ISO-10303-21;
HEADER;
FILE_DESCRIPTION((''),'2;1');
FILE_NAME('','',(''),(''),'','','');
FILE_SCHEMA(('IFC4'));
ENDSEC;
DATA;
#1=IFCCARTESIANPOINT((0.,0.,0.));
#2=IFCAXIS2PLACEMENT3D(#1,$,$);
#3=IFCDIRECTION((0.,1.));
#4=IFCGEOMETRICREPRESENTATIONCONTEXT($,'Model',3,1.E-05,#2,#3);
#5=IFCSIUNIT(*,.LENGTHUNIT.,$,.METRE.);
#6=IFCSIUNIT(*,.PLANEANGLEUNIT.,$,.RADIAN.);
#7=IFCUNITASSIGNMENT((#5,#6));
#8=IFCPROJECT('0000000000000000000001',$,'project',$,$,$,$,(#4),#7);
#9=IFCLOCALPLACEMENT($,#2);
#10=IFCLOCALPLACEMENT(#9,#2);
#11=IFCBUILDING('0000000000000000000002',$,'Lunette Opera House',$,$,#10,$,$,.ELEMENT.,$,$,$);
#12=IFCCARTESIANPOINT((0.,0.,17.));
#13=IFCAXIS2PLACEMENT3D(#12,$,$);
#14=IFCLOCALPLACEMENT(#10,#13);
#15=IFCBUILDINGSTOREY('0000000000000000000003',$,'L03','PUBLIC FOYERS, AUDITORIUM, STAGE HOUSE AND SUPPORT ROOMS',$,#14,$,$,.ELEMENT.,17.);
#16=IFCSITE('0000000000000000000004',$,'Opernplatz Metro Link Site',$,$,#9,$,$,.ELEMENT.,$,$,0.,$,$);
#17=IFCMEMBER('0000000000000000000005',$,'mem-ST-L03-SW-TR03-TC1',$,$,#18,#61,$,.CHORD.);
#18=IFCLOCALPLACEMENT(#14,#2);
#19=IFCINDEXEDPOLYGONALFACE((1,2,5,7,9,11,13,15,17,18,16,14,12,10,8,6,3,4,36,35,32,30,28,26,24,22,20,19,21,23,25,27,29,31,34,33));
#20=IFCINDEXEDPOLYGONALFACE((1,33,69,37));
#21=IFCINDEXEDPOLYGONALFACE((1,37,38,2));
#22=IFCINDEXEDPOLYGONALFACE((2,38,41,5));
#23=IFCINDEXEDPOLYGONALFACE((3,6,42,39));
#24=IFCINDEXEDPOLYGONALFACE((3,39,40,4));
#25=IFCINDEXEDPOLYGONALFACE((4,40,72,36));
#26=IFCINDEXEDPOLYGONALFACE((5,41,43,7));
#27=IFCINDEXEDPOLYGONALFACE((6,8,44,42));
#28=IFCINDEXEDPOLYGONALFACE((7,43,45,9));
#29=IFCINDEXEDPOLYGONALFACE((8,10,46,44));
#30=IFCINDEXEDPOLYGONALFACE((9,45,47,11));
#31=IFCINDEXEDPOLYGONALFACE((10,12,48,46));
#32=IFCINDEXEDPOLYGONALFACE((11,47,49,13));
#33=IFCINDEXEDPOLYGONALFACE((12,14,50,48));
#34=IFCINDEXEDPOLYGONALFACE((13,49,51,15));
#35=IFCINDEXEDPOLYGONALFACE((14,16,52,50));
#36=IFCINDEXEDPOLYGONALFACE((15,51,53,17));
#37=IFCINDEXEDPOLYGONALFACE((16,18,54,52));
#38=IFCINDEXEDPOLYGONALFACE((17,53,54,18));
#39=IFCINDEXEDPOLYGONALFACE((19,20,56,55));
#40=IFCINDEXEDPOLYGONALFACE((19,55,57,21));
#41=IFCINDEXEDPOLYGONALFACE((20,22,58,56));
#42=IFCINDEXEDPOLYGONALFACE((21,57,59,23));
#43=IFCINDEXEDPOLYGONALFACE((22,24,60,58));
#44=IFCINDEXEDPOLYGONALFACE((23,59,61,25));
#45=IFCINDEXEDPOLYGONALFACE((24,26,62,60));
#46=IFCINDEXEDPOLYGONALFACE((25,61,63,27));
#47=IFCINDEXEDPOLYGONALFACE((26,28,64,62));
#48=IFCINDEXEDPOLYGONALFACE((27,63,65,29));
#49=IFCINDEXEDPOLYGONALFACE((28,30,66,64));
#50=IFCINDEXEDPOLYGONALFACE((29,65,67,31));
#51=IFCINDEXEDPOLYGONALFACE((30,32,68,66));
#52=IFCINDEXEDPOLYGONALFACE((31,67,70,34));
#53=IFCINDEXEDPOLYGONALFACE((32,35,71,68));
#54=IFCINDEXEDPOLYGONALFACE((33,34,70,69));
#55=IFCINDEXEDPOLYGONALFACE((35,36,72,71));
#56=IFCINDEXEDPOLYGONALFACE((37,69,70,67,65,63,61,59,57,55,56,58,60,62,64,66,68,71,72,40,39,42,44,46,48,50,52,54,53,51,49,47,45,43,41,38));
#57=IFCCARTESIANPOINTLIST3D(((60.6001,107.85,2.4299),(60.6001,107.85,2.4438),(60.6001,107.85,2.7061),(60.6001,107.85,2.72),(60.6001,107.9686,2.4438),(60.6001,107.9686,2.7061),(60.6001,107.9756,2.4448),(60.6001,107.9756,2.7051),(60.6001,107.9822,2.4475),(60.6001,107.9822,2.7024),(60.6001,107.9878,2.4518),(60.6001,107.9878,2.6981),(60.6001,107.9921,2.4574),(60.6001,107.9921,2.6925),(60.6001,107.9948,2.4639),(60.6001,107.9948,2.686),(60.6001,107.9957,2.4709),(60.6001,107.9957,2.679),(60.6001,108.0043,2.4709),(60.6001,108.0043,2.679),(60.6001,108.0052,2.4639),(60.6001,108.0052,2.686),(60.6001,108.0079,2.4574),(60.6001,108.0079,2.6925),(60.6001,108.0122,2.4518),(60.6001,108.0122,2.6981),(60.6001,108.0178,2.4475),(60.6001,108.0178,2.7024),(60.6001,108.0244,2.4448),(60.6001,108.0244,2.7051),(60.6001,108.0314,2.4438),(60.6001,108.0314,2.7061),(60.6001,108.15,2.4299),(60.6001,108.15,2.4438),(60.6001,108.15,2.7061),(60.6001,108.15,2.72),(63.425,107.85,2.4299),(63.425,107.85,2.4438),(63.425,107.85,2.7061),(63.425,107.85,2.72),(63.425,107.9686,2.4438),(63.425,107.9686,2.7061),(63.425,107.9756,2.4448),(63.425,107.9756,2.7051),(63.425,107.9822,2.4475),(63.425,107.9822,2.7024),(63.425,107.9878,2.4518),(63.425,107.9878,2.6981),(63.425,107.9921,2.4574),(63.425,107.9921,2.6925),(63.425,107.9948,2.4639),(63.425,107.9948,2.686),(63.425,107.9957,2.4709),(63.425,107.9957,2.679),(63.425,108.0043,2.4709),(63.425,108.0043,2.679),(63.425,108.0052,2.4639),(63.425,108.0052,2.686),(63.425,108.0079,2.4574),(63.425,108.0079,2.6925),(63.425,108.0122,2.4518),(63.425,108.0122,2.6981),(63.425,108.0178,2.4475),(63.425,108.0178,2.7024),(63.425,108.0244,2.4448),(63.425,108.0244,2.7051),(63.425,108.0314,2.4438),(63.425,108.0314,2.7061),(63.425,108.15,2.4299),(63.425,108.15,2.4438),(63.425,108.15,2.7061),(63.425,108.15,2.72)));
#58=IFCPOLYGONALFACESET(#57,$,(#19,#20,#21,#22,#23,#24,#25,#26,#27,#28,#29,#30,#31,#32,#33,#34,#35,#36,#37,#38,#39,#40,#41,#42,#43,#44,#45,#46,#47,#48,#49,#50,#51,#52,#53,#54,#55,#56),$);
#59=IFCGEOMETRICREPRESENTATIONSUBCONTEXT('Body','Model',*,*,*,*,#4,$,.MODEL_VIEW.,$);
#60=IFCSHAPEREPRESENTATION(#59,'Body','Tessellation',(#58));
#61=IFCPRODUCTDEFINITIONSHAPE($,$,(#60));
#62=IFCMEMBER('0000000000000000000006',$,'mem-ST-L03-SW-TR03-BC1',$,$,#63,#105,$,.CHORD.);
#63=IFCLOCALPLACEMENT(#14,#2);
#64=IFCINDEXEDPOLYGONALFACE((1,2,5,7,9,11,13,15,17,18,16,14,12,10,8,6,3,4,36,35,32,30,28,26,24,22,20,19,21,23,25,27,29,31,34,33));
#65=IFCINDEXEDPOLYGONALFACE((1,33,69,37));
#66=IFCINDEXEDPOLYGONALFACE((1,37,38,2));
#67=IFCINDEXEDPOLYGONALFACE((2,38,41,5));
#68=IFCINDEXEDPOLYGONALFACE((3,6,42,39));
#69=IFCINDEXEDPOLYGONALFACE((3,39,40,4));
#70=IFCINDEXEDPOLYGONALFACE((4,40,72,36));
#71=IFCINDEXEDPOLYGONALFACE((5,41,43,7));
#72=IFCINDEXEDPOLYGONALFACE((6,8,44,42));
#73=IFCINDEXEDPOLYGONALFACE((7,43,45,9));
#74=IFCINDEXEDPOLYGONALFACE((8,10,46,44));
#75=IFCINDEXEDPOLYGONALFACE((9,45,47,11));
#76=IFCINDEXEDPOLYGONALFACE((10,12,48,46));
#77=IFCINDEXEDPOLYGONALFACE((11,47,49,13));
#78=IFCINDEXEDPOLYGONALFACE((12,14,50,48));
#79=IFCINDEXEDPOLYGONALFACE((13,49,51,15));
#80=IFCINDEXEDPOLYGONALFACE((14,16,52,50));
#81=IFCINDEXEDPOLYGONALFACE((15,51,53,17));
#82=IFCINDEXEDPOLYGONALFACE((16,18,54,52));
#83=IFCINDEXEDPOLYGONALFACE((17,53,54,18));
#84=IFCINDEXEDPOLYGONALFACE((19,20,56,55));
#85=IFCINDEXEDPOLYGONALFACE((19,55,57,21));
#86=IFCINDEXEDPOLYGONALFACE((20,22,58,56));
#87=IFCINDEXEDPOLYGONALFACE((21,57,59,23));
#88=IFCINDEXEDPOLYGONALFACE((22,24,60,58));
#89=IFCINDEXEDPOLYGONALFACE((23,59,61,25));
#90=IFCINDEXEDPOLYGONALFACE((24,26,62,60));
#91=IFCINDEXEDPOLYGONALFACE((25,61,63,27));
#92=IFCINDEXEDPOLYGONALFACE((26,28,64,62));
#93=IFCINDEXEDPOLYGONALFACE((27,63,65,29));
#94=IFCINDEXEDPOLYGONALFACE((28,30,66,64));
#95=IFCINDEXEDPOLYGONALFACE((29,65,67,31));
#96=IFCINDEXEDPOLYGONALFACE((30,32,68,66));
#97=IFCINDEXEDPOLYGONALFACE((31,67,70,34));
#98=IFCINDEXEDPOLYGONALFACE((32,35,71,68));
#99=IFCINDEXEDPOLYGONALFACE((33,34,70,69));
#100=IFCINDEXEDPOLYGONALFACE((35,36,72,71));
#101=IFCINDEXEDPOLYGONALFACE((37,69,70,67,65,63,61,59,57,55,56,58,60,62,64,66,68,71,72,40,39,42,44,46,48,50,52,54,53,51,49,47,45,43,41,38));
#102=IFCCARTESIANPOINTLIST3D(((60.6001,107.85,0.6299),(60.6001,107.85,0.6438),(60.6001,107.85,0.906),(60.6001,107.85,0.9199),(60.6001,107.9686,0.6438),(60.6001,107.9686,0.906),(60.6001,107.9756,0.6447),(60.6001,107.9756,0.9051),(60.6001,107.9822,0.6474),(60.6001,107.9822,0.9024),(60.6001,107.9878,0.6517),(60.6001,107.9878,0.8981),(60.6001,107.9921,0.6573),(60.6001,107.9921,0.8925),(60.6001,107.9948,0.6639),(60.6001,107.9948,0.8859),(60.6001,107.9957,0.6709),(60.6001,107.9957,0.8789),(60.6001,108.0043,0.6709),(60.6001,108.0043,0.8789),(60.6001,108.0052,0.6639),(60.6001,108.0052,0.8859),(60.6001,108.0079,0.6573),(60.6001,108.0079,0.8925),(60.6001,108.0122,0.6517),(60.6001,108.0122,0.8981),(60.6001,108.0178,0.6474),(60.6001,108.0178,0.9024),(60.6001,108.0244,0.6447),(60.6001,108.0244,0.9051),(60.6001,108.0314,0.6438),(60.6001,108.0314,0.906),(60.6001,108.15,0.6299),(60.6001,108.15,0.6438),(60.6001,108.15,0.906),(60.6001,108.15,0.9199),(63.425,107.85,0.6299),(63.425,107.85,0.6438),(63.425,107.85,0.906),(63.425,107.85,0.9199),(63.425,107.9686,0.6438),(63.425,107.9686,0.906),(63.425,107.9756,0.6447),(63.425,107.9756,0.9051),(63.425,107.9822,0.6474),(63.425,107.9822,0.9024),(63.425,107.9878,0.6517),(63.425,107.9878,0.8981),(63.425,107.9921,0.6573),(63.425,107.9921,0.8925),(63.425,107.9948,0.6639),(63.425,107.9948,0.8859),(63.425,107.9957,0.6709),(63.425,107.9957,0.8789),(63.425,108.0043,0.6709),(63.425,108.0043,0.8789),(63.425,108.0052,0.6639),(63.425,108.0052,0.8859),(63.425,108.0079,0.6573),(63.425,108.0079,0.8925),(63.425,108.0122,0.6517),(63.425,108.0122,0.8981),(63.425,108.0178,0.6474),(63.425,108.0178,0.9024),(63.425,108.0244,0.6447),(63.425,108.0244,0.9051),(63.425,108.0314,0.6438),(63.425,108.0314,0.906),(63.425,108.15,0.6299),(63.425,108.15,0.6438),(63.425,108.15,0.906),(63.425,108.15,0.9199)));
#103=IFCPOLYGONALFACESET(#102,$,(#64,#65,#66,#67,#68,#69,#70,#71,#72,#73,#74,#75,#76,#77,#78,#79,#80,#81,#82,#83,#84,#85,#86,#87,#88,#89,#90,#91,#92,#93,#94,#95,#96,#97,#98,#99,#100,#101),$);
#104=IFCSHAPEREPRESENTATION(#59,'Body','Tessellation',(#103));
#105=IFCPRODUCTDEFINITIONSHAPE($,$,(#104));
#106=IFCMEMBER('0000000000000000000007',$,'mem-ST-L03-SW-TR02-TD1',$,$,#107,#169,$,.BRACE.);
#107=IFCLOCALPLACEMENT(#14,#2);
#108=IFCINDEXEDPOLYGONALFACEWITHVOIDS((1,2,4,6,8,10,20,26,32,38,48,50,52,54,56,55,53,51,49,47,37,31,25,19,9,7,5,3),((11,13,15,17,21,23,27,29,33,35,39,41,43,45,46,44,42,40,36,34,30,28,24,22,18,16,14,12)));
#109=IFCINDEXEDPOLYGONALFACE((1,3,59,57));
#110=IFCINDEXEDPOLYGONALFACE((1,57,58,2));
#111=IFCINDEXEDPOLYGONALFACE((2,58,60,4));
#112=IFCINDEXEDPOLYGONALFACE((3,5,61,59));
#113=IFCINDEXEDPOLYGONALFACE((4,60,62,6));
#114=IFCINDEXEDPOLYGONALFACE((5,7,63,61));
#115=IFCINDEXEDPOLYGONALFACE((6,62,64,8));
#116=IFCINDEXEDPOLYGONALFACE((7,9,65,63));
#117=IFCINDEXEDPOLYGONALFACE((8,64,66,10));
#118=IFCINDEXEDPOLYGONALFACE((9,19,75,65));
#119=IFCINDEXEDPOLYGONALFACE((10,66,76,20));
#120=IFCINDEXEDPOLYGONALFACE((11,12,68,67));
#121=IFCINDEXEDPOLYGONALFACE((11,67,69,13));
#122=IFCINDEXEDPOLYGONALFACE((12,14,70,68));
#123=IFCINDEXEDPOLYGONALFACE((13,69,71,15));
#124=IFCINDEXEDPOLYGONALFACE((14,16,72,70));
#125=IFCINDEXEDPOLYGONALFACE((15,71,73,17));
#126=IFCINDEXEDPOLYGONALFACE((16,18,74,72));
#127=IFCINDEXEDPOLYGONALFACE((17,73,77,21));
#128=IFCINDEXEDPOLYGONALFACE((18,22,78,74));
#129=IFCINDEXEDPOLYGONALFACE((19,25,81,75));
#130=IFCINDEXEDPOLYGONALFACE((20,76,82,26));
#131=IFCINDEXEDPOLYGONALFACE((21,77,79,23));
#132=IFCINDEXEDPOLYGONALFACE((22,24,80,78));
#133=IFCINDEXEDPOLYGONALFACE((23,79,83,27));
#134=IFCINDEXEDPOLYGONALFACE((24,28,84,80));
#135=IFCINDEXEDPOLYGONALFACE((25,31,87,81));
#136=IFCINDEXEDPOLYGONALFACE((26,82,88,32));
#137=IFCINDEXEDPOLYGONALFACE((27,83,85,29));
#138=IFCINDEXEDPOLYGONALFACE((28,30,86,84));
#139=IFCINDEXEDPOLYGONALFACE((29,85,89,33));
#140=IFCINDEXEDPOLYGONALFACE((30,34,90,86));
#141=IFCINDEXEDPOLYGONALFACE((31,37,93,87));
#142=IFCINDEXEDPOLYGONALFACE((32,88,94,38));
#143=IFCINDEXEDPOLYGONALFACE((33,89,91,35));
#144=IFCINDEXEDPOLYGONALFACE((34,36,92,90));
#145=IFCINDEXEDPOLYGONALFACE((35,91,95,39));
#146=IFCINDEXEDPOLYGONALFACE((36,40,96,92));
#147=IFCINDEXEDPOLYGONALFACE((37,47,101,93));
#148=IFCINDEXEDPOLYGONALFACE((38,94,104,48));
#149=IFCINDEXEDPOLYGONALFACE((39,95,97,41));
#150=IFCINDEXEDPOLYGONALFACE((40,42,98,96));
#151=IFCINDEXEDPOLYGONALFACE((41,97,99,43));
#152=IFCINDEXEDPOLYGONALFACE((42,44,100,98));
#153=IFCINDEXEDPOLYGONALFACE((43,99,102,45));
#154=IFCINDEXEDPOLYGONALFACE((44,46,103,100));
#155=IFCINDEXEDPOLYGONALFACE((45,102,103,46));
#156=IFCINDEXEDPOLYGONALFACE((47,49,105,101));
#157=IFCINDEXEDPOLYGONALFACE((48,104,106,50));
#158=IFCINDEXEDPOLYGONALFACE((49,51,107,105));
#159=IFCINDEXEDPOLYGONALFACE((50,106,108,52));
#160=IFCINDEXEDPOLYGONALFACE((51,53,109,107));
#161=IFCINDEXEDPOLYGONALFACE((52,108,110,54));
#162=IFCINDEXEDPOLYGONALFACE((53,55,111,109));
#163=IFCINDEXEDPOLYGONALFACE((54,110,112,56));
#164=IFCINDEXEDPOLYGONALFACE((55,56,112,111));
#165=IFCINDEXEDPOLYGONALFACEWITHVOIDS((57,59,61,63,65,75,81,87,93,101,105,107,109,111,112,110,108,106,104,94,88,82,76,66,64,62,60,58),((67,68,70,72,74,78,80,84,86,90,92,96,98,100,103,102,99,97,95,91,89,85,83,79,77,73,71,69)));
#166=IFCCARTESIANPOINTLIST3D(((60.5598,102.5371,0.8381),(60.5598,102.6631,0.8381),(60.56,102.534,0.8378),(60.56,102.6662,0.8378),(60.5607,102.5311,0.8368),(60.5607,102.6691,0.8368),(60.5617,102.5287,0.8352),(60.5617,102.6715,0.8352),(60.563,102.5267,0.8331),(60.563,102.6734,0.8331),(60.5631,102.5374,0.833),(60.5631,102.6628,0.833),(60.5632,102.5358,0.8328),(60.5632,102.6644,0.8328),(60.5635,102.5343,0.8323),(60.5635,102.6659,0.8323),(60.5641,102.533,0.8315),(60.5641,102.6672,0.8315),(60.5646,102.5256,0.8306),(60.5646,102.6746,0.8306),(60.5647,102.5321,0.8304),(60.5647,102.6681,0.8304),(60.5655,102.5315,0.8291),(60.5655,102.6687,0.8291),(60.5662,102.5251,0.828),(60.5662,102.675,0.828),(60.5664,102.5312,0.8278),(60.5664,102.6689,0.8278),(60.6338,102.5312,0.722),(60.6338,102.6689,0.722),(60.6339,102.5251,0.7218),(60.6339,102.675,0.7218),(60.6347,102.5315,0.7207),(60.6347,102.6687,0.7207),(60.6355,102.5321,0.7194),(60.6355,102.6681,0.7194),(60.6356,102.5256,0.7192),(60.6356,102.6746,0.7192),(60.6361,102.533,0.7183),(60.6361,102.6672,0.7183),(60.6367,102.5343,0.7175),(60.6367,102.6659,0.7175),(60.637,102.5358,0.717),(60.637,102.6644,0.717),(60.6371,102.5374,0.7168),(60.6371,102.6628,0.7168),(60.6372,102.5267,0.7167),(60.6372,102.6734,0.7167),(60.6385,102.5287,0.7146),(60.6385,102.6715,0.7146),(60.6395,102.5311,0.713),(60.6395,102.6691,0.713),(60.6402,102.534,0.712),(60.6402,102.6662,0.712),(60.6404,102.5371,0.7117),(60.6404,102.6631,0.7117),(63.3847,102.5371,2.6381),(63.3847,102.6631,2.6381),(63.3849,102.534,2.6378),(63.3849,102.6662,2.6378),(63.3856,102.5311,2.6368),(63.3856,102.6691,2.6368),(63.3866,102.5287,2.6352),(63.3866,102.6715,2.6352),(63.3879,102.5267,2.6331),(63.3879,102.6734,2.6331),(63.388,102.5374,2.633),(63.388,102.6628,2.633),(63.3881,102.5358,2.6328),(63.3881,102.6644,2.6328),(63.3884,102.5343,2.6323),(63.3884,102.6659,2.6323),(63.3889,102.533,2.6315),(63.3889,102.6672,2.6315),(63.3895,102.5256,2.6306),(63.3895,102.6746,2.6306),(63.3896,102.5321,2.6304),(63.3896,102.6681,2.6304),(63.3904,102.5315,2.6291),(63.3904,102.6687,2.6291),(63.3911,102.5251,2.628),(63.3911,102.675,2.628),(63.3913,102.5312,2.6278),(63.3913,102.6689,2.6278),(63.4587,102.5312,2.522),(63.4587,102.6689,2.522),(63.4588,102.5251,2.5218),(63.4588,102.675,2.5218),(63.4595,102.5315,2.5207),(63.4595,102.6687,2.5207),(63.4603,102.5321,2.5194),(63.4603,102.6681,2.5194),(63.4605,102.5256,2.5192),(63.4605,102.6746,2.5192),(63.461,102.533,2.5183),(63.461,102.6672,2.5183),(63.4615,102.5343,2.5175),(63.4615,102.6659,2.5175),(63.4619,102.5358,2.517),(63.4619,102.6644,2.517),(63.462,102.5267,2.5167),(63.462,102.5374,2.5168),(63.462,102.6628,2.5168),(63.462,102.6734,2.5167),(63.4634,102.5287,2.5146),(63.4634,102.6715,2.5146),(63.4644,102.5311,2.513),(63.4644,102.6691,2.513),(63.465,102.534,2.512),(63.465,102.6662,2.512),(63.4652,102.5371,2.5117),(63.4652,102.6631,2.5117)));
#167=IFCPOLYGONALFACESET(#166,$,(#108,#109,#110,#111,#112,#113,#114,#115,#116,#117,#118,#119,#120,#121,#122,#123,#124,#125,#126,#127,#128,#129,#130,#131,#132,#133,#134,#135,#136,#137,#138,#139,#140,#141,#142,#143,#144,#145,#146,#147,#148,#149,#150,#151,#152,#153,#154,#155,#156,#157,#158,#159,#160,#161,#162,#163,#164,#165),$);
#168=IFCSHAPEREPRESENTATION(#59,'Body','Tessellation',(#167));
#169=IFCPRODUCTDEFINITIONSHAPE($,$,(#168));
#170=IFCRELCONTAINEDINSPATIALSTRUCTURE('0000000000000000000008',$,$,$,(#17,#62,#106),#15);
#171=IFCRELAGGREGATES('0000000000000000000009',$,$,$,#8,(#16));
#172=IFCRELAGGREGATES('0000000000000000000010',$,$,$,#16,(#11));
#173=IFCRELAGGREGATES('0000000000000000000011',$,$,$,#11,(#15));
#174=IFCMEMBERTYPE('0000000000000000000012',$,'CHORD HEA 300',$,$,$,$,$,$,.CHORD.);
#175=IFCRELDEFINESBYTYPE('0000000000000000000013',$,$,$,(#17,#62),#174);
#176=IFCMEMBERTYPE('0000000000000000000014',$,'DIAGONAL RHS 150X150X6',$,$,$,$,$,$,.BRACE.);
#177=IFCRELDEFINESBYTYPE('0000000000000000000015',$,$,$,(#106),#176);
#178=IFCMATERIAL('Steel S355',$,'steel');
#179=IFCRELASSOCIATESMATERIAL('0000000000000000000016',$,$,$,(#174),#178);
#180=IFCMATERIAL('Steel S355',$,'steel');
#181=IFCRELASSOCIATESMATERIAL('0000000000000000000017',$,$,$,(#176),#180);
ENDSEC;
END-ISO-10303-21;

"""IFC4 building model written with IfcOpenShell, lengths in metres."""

from ifc_helpers import new_model, si_unit, direction, frame, origin, origin_2d, place, context, subcontext, project, spatial, hollow_rectangle, i_section, extrude, material, material_profile, profile_set, type_object, element, save


model = new_model("IFC4")

# Units and contexts
model_context = context("Model", 3, precision=1e-05, world=origin(), true_north=direction((0.0, 1.0)))
body_context = subcontext(model_context, "Body", "Model", "MODEL_VIEW")
ifc_project = project(units=[si_unit("LENGTHUNIT", "METRE"), si_unit("PLANEANGLEUNIT", "RADIAN")], contexts=[model_context])

# Site, building, storey
site_placement = place(None, origin())
site = spatial("IfcSite", under=ifc_project, at=site_placement, Name="Opernplatz Metro Link Site", CompositionType="ELEMENT", RefElevation=0.0)
building_placement = place(site_placement, origin())
building = spatial("IfcBuilding", under=site, at=building_placement, Name="Lunette Opera House", CompositionType="ELEMENT")
storey_placement = place(building_placement, frame((0.0, 0.0, 17.0)))
storey = spatial("IfcBuildingStorey", under=building, at=storey_placement, Name="L03", Description="PUBLIC FOYERS, AUDITORIUM, STAGE HOUSE AND SUPPORT ROOMS", CompositionType="ELEMENT", Elevation=17.0)

# Members
ifc_material_1 = material(Name="Steel S355", Category="steel")
ifc_material_profile_1 = material_profile(ifc_material_1, i_section(OverallWidth=0.3, OverallDepth=0.29, WebThickness=0.0085, FlangeThickness=0.0139, FilletRadius=0.0271, at=origin_2d()), Name="HEA 300")
ifc_profile_set_1 = profile_set([ifc_material_profile_1], Name="Steel S355")
member_type_1 = type_object("IfcMemberType", Name="CHORD HEA 300", PredefinedType="CHORD", material=ifc_profile_set_1)
for number, where, z_axis, x_axis, name in (
    (1, (60.6001, 108.0, 2.575), (1.0, 0.0, 0.0), (0.0, 1.0, 0.0), "mem-ST-L03-SW-TR03-TC1"),
    (2, (60.6001, 108.0, 0.7749), (1.0, 0.0, 0.0), (0.0, 1.0, 0.0), "mem-ST-L03-SW-TR03-BC1"),
):
    element("IfcMember", number, at=place(storey_placement, frame(where, z_axis=z_axis, x_axis=x_axis)), inside=storey, type_object=member_type_1, Name=name, PredefinedType="CHORD", context=body_context, shape_type="SweptSolid", body=[
        extrude(i_section(OverallWidth=0.3, OverallDepth=0.29, WebThickness=0.0085, FlangeThickness=0.0139, FilletRadius=0.0271, at=origin_2d()), origin(), (0.0, 0.0, 1.0), 2.825),
    ])
ifc_material_2 = material(Name="Steel S355", Category="steel")
ifc_material_profile_2 = material_profile(ifc_material_2, hollow_rectangle(XDim=0.1499, YDim=0.1499, WallThickness=0.0061, InnerFilletRadius=0.0061, OuterFilletRadius=0.012, at=origin_2d()), Name="RHS 150X150X6")
ifc_profile_set_2 = profile_set([ifc_material_profile_2], Name="Steel S355")
member_type_2 = type_object("IfcMemberType", Name="DIAGONAL RHS 150X150X6", PredefinedType="BRACE", material=ifc_profile_set_2)
for number, where, z_axis, x_axis, name in (
    (3, (60.6001, 102.6001, 0.7749), (0.843343, 0.0, 0.537375), (0.0, 1.0, 0.0), "mem-ST-L03-SW-TR02-TD1"),
):
    element("IfcMember", number, at=place(storey_placement, frame(where, z_axis=z_axis, x_axis=x_axis)), inside=storey, type_object=member_type_2, Name=name, PredefinedType="BRACE", context=body_context, shape_type="SweptSolid", body=[
        extrude(hollow_rectangle(XDim=0.1499, YDim=0.1499, WallThickness=0.0061, InnerFilletRadius=0.0061, OuterFilletRadius=0.012, at=origin_2d()), origin(), (0.0, 0.0, 1.0), 3.3496),
    ])

save(model, "model.ifc")
